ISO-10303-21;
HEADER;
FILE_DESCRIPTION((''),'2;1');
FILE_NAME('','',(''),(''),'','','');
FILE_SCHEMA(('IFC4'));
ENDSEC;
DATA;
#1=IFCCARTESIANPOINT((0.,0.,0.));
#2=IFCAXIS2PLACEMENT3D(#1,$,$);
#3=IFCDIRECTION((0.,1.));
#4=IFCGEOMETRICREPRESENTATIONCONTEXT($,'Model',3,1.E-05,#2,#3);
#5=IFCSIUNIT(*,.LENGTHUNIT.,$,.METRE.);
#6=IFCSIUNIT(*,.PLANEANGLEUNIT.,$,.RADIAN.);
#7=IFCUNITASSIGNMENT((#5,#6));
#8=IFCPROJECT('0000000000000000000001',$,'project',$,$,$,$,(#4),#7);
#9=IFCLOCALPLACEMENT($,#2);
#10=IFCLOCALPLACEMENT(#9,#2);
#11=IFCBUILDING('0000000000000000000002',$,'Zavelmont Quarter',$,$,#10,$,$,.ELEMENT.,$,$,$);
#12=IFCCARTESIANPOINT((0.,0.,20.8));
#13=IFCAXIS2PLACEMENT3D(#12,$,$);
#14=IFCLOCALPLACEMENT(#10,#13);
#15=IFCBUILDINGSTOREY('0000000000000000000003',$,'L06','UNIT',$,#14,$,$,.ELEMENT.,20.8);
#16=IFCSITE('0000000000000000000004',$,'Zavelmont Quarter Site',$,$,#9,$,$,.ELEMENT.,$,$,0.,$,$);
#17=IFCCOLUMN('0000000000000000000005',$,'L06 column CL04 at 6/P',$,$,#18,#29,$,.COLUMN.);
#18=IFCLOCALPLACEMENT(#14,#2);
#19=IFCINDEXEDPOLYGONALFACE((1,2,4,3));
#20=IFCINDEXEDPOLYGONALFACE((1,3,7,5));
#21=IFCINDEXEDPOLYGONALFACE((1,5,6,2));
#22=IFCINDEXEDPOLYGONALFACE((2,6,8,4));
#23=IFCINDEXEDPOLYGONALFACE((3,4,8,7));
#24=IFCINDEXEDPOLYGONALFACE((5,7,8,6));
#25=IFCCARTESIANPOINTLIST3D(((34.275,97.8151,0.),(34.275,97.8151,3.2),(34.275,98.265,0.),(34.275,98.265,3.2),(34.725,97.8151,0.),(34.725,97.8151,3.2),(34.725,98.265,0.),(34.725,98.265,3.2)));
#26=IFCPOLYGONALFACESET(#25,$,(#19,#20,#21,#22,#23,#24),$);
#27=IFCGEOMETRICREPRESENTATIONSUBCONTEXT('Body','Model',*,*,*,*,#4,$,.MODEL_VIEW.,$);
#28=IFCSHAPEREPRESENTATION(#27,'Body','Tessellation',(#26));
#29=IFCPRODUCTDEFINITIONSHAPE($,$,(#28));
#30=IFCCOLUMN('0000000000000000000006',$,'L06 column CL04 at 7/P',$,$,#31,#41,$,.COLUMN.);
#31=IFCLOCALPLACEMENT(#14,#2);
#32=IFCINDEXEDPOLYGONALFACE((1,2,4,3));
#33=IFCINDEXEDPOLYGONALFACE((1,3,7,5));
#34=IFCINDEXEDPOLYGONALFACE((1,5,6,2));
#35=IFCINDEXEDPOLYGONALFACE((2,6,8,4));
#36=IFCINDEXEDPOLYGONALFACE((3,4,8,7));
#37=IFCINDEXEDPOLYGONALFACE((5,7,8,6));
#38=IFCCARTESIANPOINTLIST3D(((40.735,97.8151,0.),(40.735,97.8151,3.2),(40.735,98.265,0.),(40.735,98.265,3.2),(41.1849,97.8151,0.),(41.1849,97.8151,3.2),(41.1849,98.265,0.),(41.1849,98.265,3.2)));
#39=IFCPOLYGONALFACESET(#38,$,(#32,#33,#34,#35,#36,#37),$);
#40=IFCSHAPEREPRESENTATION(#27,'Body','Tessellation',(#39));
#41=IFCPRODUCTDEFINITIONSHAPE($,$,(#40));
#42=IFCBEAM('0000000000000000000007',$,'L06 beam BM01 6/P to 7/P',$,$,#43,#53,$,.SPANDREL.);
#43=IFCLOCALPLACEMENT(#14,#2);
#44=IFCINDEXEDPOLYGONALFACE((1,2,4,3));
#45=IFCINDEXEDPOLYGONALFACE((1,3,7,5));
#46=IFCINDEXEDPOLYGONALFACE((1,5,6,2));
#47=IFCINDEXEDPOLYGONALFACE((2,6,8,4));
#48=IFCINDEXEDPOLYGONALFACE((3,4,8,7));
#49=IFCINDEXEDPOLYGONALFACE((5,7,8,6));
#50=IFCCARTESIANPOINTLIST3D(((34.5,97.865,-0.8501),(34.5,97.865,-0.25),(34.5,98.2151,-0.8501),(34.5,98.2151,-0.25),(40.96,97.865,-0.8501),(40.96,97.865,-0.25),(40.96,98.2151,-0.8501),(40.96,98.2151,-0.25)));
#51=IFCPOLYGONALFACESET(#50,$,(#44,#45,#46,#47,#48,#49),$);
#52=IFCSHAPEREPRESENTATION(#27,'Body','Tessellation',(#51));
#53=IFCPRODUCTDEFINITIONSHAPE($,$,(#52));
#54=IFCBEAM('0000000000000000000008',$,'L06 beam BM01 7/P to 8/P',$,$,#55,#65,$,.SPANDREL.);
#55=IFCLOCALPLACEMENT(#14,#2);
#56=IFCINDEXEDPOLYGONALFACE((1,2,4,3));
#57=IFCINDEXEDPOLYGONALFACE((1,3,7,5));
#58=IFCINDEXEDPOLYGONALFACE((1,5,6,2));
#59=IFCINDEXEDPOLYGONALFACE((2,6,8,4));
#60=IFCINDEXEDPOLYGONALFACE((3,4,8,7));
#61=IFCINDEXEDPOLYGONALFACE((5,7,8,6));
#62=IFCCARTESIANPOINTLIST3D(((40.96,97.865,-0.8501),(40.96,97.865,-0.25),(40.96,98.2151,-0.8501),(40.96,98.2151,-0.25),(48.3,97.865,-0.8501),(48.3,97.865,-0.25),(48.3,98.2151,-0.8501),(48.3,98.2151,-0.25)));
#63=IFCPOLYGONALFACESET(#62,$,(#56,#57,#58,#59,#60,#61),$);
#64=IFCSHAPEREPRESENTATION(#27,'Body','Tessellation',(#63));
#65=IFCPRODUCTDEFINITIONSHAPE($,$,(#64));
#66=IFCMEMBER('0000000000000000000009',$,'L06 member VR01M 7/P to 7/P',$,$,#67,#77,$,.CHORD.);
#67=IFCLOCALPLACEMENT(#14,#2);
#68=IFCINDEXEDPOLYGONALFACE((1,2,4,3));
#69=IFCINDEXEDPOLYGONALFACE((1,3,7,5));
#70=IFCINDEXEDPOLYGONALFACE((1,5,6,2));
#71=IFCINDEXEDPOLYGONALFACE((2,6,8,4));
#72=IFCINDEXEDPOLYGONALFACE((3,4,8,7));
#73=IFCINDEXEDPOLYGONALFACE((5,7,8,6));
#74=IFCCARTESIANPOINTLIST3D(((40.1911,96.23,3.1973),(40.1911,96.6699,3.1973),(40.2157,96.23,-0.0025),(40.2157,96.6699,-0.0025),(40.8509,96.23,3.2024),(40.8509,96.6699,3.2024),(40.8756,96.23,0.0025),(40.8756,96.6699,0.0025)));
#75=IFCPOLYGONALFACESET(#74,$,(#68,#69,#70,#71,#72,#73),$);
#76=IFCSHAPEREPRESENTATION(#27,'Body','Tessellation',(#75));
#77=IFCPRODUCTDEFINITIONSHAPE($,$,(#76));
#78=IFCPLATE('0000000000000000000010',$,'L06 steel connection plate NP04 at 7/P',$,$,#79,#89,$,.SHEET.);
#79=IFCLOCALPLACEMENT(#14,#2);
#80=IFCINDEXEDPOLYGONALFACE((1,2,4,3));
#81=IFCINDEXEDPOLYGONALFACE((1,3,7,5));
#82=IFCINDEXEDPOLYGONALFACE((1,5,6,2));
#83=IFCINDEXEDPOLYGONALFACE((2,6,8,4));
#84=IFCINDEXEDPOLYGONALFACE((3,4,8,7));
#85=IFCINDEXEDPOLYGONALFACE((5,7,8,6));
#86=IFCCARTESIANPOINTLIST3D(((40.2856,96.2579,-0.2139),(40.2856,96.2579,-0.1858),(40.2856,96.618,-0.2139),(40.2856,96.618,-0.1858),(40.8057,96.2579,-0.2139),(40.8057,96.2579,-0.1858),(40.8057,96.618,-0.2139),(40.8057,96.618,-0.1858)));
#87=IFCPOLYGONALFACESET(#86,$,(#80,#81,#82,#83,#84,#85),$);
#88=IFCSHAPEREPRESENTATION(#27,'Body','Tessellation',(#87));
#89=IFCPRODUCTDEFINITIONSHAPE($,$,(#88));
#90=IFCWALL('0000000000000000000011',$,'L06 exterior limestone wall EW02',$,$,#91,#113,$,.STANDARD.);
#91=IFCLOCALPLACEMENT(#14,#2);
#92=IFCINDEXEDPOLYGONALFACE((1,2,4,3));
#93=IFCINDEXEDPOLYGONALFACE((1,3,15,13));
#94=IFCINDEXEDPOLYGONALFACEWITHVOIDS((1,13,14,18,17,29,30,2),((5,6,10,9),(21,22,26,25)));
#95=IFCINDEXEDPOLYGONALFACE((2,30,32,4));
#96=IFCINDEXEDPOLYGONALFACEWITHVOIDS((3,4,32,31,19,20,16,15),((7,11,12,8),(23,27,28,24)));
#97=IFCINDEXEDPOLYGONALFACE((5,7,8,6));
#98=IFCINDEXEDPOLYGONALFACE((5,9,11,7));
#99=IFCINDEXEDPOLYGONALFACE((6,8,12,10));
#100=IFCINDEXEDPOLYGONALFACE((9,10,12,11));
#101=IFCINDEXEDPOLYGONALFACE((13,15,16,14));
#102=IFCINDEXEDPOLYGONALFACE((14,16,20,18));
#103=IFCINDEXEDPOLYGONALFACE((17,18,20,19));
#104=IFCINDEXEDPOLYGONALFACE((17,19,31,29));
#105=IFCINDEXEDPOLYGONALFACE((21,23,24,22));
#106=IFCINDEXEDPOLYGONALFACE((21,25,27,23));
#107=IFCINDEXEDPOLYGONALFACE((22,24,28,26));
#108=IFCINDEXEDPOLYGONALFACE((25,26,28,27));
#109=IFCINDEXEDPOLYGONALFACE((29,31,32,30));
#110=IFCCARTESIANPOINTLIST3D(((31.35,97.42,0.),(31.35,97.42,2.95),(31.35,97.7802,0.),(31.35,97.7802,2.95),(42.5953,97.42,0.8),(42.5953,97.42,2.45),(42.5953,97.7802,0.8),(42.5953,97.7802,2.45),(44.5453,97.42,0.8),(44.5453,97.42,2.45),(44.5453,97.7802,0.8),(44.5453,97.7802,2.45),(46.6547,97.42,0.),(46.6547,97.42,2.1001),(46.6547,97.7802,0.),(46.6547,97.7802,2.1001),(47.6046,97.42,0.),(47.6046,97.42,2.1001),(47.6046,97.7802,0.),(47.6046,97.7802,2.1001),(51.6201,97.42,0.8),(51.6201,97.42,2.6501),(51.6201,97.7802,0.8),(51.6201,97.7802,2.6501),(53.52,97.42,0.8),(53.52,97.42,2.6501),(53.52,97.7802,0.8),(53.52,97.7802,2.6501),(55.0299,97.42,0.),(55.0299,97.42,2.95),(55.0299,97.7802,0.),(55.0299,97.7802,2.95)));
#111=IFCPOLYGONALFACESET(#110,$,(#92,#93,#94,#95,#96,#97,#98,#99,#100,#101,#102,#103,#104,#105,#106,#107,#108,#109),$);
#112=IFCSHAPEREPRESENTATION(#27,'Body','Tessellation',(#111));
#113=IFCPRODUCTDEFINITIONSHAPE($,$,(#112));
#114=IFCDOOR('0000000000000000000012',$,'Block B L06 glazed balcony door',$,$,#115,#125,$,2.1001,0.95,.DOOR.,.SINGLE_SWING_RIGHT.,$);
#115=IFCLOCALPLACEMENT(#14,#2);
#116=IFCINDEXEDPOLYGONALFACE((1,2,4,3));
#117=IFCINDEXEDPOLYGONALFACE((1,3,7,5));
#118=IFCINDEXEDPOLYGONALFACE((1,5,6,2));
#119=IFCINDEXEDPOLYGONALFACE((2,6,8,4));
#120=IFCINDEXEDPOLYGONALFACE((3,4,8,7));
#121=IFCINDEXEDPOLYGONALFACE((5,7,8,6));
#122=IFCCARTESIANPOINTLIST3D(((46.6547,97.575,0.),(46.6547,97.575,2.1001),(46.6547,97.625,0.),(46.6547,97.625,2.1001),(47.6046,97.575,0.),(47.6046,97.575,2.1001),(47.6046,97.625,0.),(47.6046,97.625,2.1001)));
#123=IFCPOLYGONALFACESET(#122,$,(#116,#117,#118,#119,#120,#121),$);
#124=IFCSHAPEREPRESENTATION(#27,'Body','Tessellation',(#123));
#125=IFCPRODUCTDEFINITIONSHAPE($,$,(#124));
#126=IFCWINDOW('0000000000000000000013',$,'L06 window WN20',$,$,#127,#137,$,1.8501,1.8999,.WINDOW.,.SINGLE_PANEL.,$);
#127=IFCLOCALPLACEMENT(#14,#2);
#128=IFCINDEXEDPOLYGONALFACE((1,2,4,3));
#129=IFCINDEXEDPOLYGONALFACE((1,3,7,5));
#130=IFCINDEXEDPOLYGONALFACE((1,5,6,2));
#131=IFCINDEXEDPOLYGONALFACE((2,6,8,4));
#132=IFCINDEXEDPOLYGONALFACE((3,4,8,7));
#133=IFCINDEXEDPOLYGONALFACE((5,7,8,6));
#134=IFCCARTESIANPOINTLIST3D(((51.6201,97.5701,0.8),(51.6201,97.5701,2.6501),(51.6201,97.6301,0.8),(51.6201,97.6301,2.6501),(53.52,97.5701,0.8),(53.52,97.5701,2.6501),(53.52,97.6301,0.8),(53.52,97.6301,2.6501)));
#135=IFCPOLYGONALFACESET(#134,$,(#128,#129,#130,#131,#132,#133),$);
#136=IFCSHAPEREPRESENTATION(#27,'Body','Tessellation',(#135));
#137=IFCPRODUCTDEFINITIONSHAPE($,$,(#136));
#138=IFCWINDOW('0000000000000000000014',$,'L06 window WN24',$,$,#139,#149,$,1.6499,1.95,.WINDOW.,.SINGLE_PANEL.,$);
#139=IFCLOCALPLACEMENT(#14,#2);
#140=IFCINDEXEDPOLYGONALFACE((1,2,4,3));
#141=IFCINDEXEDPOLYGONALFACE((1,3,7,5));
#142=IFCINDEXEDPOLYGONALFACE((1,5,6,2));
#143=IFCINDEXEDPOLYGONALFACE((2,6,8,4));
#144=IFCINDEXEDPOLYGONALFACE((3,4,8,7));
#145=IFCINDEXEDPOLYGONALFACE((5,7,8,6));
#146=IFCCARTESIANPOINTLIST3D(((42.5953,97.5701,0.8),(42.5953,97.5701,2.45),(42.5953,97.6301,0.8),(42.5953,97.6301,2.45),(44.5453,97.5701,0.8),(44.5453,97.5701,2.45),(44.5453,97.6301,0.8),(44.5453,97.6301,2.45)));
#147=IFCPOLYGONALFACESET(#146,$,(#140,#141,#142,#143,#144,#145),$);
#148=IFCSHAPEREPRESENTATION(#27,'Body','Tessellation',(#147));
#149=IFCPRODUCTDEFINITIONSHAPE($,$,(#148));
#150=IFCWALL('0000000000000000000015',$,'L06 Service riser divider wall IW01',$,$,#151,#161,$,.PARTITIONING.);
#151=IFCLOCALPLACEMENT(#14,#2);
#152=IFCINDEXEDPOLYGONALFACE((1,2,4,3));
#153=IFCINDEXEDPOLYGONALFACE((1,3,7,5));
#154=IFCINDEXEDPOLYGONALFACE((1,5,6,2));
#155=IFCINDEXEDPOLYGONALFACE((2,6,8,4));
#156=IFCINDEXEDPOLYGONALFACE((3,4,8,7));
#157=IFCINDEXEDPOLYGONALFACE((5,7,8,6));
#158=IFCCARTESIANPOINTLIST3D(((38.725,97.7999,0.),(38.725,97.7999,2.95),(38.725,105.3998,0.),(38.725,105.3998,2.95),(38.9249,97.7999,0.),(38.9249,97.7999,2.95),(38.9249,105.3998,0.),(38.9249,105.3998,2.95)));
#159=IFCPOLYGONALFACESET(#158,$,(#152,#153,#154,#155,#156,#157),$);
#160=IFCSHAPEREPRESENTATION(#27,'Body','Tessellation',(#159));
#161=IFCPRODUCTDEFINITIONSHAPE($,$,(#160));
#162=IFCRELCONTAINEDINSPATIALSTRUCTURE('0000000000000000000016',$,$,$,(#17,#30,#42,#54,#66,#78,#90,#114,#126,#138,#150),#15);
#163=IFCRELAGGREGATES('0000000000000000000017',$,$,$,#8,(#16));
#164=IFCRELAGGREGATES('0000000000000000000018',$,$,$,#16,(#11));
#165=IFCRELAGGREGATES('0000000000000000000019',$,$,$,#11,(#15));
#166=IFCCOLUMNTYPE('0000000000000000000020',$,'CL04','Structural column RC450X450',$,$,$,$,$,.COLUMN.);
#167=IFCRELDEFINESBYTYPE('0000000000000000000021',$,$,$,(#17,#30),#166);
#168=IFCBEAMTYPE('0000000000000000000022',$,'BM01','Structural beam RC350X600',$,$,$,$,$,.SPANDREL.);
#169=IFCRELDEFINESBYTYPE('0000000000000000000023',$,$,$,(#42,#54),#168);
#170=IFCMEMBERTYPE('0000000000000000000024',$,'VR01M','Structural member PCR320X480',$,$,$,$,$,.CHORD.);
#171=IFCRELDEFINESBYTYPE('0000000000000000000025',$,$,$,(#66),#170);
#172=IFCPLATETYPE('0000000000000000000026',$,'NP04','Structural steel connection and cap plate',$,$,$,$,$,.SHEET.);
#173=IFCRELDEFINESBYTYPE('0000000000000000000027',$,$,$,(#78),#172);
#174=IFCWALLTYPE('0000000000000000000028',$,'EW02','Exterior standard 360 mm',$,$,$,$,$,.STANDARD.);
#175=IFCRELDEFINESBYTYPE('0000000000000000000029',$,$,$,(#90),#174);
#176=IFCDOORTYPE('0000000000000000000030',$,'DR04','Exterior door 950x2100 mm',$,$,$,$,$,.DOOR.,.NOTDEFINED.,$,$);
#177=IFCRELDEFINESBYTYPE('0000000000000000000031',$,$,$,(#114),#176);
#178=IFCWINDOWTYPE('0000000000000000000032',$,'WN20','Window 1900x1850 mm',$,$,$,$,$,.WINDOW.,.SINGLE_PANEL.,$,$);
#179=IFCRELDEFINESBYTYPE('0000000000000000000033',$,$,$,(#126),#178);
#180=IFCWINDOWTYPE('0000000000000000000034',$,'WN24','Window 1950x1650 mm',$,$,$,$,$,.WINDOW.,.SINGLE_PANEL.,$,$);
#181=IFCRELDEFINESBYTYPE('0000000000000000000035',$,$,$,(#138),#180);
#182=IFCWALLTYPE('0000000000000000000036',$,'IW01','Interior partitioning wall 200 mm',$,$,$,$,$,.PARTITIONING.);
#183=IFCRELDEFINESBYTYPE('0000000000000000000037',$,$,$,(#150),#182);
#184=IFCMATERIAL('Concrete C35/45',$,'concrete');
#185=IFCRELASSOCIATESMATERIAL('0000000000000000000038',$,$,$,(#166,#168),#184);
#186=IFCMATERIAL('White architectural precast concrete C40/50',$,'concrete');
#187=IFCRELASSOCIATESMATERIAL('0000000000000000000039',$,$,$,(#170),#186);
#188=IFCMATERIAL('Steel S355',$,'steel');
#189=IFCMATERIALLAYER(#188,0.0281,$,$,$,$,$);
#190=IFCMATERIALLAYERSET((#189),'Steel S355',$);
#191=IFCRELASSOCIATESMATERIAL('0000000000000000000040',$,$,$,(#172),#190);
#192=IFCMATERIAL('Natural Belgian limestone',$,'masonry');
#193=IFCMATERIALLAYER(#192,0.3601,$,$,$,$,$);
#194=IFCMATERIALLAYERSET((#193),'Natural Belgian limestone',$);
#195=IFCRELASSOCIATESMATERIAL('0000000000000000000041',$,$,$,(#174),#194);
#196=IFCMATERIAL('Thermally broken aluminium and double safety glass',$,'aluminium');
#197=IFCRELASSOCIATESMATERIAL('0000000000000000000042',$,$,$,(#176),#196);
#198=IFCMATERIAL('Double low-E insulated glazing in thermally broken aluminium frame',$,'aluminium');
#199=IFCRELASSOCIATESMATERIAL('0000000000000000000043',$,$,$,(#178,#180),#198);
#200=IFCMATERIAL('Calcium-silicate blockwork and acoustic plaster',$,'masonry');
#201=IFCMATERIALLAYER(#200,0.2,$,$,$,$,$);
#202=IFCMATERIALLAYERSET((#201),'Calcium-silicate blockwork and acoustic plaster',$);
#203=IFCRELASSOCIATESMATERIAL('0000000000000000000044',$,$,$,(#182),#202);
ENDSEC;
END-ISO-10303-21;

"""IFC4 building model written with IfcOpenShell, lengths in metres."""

from ifc_helpers import new_model, si_unit, direction, frame, frame_2d, origin, origin_with_axes, origin_2d, place, context, subcontext, project, spatial, rectangle, extrude, material, layer, layer_set, material_profile, profile_set, type_object, element, fill, save


model = new_model("IFC4")

# Units and contexts
model_context = context("Model", 3, precision=1e-05, world=origin(), true_north=direction((0.0, 1.0)))
body_context = subcontext(model_context, "Body", "Model", "MODEL_VIEW")
ifc_project = project(units=[si_unit("LENGTHUNIT", "METRE"), si_unit("PLANEANGLEUNIT", "RADIAN")], contexts=[model_context])

# Site, building, storey
site_placement = place(None, origin())
site = spatial("IfcSite", under=ifc_project, at=site_placement, Name="Zavelmont Quarter Site", CompositionType="ELEMENT", RefElevation=0.0)
building_placement = place(site_placement, origin())
building = spatial("IfcBuilding", under=site, at=building_placement, Name="Zavelmont Quarter", CompositionType="ELEMENT")
storey_placement = place(building_placement, frame((0.0, 0.0, 20.8)))
storey = spatial("IfcBuildingStorey", under=building, at=storey_placement, Name="L06", Description="UNIT", CompositionType="ELEMENT", Elevation=20.8)

# Columns
ifc_material_1 = material(Name="Concrete C35/45", Category="concrete")
ifc_material_profile_1 = material_profile(ifc_material_1, rectangle(XDim=0.45, YDim=0.45, at=origin_2d()), Name="RC450X450")
ifc_profile_set_1 = profile_set([ifc_material_profile_1], Name="Concrete C35/45")
column_type = type_object("IfcColumnType", Name="CL04", Description="Structural column RC450X450", PredefinedType="COLUMN", material=ifc_profile_set_1)
for number, where, z_axis, x_axis, name in (
    (1, (34.5, 98.04, 0.0), (0.0, 0.0, 1.0), (1.0, 0.0, 0.0), "L06 column CL04 at 6/P"),
    (2, (40.96, 98.04, 0.0), (0.0, 0.0, 1.0), (1.0, 0.0, 0.0), "L06 column CL04 at 7/P"),
):
    element("IfcColumn", number, at=place(storey_placement, frame(where, z_axis=z_axis, x_axis=x_axis)), inside=storey, type_object=column_type, Name=name, PredefinedType="COLUMN", context=body_context, shape_type="SweptSolid", body=[
        extrude(rectangle(XDim=0.45, YDim=0.45, at=origin_2d()), origin(), (0.0, 0.0, 1.0), 3.2),
    ])

# Beams
ifc_material_profile_2 = material_profile(ifc_material_1, rectangle(XDim=0.3501, YDim=0.6001, at=origin_2d()), Name="RC350X600")
ifc_profile_set_2 = profile_set([ifc_material_profile_2], Name="Concrete C35/45")
beam_type = type_object("IfcBeamType", Name="BM01", Description="Structural beam RC350X600", PredefinedType="SPANDREL", material=ifc_profile_set_2)
beam_1_placement = place(storey_placement, frame((34.5, 98.04, -0.55), z_axis=(1.0, 0.0, 0.0), x_axis=(0.0, 1.0, 0.0)))
element("IfcBeam", 3, at=beam_1_placement, inside=storey, type_object=beam_type, Name="L06 beam BM01 6/P to 7/P", PredefinedType="SPANDREL", context=body_context, shape_type="SweptSolid", body=[
    extrude(rectangle(XDim=0.3501, YDim=0.6001, at=origin_2d()), origin(), (0.0, 0.0, 1.0), 6.46),
])
beam_2_placement = place(storey_placement, frame((40.96, 98.04, -0.55), z_axis=(1.0, 0.0, 0.0), x_axis=(0.0, 1.0, 0.0)))
element("IfcBeam", 4, at=beam_2_placement, inside=storey, type_object=beam_type, Name="L06 beam BM01 7/P to 8/P", PredefinedType="SPANDREL", context=body_context, shape_type="SweptSolid", body=[
    extrude(rectangle(XDim=0.3501, YDim=0.6001, at=origin_2d()), origin(), (0.0, 0.0, 1.0), 7.3401),
])

# Member
ifc_material_2 = material(Name="White architectural precast concrete C40/50", Category="concrete")
ifc_material_profile_3 = material_profile(ifc_material_2, rectangle(XDim=0.4399, YDim=0.6599, at=origin_2d()), Name="PCR320X480")
ifc_profile_set_3 = profile_set([ifc_material_profile_3], Name="White architectural precast concrete C40/50")
member_type = type_object("IfcMemberType", Name="VR01M", Description="Structural member PCR320X480", PredefinedType="CHORD", material=ifc_profile_set_3)
member_placement = place(storey_placement, frame((40.5457, 96.45, 0.0), z_axis=(-0.007706, 0.0, 0.99997), x_axis=(0.0, -1.0, 0.0)))
element("IfcMember", 5, at=member_placement, inside=storey, type_object=member_type, Name="L06 member VR01M 7/P to 7/P", PredefinedType="CHORD", context=body_context, shape_type="SweptSolid", body=[
    extrude(rectangle(XDim=0.4399, YDim=0.6599, at=origin_2d()), origin(), (0.0, 0.0, 1.0), 3.2),
])

# Plate
ifc_material_3 = material(Name="Steel S355", Category="steel")
ifc_layer_1 = layer(ifc_material_3, 0.0281)
ifc_layer_set_1 = layer_set([ifc_layer_1], Name="Steel S355")
plate_type = type_object("IfcPlateType", Name="NP04", Description="Structural steel connection and cap plate", PredefinedType="SHEET", material=ifc_layer_set_1)
plate_placement = place(storey_placement, frame((40.5457, 96.438, -0.2139), z_axis=(0.0, 0.0, 1.0), x_axis=(1.0, 0.0, 0.0)))
element("IfcPlate", 6, at=plate_placement, inside=storey, type_object=plate_type, Name="L06 steel connection plate NP04 at 7/P", PredefinedType="SHEET", context=body_context, shape_type="SweptSolid", body=[
    extrude(rectangle(XDim=0.52, YDim=0.3601, at=origin_2d()), origin(), (0.0, 0.0, 1.0), 0.0281),
])

# Wall, openings, door, windows
ifc_material_4 = material(Name="Natural Belgian limestone", Category="masonry")
ifc_layer_2 = layer(ifc_material_4, 0.3601)
ifc_layer_set_2 = layer_set([ifc_layer_2], Name="Natural Belgian limestone")
wall_type_1 = type_object("IfcWallType", Name="EW02", Description="Exterior standard 360 mm", PredefinedType="STANDARD", material=ifc_layer_set_2)
wall_1_placement = place(storey_placement, frame((31.3501, 97.6001, 0.0), z_axis=(0.0, 0.0, 1.0), x_axis=(1.0, 0.0, 0.0)))
wall_1 = element("IfcWall", 7, at=wall_1_placement, inside=storey, type_object=wall_type_1, Name="L06 exterior limestone wall EW02", PredefinedType="STANDARD", context=body_context, shape_type="SweptSolid", body=[
    extrude(rectangle(XDim=23.6799, YDim=0.3601, at=frame_2d((11.8398, 0.0))), origin(), (0.0, 0.0, 1.0), 2.95),
])
opening_1_placement = place(wall_1_placement, frame((15.3044, 0.0, 0.0)))
opening_1 = element("IfcOpeningElement", 8, at=opening_1_placement, cuts=wall_1, PredefinedType="OPENING", context=body_context, shape_type="SweptSolid", body=[
    extrude(rectangle(XDim=0.95, YDim=2.1001, at=frame_2d((0.4751, 1.05))), frame((0.0, 0.1919, 0.0), z_axis=(0.0, -1.0, 0.0), x_axis=(1.0, 0.0, 0.0)), (0.0, 0.0, 1.0), 0.384),
])
opening_2_placement = place(wall_1_placement, frame((11.2451, 0.0, 0.8)))
opening_2 = element("IfcOpeningElement", 9, at=opening_2_placement, cuts=wall_1, PredefinedType="OPENING", context=body_context, shape_type="SweptSolid", body=[
    extrude(rectangle(XDim=1.95, YDim=1.6499, at=frame_2d((0.9751, 0.825))), frame((0.0, 0.1919, 0.0), z_axis=(0.0, -1.0, 0.0), x_axis=(1.0, 0.0, 0.0)), (0.0, 0.0, 1.0), 0.384),
])
opening_3_placement = place(wall_1_placement, frame((20.27, 0.0, 0.8)))
opening_3 = element("IfcOpeningElement", 10, at=opening_3_placement, cuts=wall_1, PredefinedType="OPENING", context=body_context, shape_type="SweptSolid", body=[
    extrude(rectangle(XDim=1.8999, YDim=1.8501, at=frame_2d((0.95, 0.925))), frame((0.0, 0.1919, 0.0), z_axis=(0.0, -1.0, 0.0), x_axis=(1.0, 0.0, 0.0)), (0.0, 0.0, 1.0), 0.384),
])
ifc_material_5 = material(Name="Thermally broken aluminium and double safety glass", Category="aluminium")
door_type_1 = type_object("IfcDoorType", Name="DR04", Description="Exterior door 950x2100 mm", OperationType="NOTDEFINED", PredefinedType="DOOR", material=ifc_material_5)
door_1_placement = place(opening_1_placement, origin_with_axes())
door_1 = element("IfcDoor", 11, at=door_1_placement, inside=storey, type_object=door_type_1, Name="Block B L06 glazed balcony door", OperationType="SINGLE_SWING_RIGHT", OverallHeight=2.1001, OverallWidth=0.95, PredefinedType="DOOR", context=body_context, shape_type="SweptSolid", body=[
    extrude(rectangle(XDim=0.95, YDim=2.1001, at=frame_2d((0.4751, 1.05))), frame((0.0, 0.0249, 0.0), z_axis=(0.0, -1.0, 0.0), x_axis=(1.0, 0.0, 0.0)), (0.0, 0.0, 1.0), 0.05),
])
fill(opening_1, door_1)
ifc_material_6 = material(Name="Double low-E insulated glazing in thermally broken aluminium frame", Category="aluminium")
window_type_1 = type_object("IfcWindowType", Name="WN20", Description="Window 1900x1850 mm", PartitioningType="SINGLE_PANEL", PredefinedType="WINDOW", material=ifc_material_6)
window_1_placement = place(opening_3_placement, origin_with_axes())
window_1 = element("IfcWindow", 12, at=window_1_placement, inside=storey, type_object=window_type_1, Name="L06 window WN20", OverallHeight=1.8501, OverallWidth=1.8999, PartitioningType="SINGLE_PANEL", PredefinedType="WINDOW", context=body_context, shape_type="SweptSolid", body=[
    extrude(rectangle(XDim=1.8999, YDim=1.8501, at=frame_2d((0.95, 0.925))), frame((0.0, 0.03, 0.0), z_axis=(0.0, -1.0, 0.0), x_axis=(1.0, 0.0, 0.0)), (0.0, 0.0, 1.0), 0.0601),
])
fill(opening_3, window_1)
window_type_2 = type_object("IfcWindowType", Name="WN24", Description="Window 1950x1650 mm", PartitioningType="SINGLE_PANEL", PredefinedType="WINDOW", material=ifc_material_6)
window_2_placement = place(opening_2_placement, origin_with_axes())
window_2 = element("IfcWindow", 13, at=window_2_placement, inside=storey, type_object=window_type_2, Name="L06 window WN24", OverallHeight=1.6499, OverallWidth=1.95, PartitioningType="SINGLE_PANEL", PredefinedType="WINDOW", context=body_context, shape_type="SweptSolid", body=[
    extrude(rectangle(XDim=1.95, YDim=1.6499, at=frame_2d((0.9751, 0.825))), frame((0.0, 0.03, 0.0), z_axis=(0.0, -1.0, 0.0), x_axis=(1.0, 0.0, 0.0)), (0.0, 0.0, 1.0), 0.0601),
])
fill(opening_2, window_2)

# Wall
ifc_material_7 = material(Name="Calcium-silicate blockwork and acoustic plaster", Category="masonry")
ifc_layer_3 = layer(ifc_material_7, 0.2)
ifc_layer_set_3 = layer_set([ifc_layer_3], Name="Calcium-silicate blockwork and acoustic plaster")
wall_type_2 = type_object("IfcWallType", Name="IW01", Description="Interior partitioning wall 200 mm", PredefinedType="PARTITIONING", material=ifc_layer_set_3)
wall_2_placement = place(storey_placement, frame((38.825, 97.8, 0.0), z_axis=(0.0, 0.0, 1.0), x_axis=(0.0, 1.0, 0.0)))
element("IfcWall", 14, at=wall_2_placement, inside=storey, type_object=wall_type_2, Name="L06 Service riser divider wall IW01", PredefinedType="PARTITIONING", context=body_context, shape_type="SweptSolid", body=[
    extrude(rectangle(XDim=7.5999, YDim=0.2, at=frame_2d((3.7998, 0.0))), origin(), (0.0, 0.0, 1.0), 2.95),
])

save(model, "model.ifc")
